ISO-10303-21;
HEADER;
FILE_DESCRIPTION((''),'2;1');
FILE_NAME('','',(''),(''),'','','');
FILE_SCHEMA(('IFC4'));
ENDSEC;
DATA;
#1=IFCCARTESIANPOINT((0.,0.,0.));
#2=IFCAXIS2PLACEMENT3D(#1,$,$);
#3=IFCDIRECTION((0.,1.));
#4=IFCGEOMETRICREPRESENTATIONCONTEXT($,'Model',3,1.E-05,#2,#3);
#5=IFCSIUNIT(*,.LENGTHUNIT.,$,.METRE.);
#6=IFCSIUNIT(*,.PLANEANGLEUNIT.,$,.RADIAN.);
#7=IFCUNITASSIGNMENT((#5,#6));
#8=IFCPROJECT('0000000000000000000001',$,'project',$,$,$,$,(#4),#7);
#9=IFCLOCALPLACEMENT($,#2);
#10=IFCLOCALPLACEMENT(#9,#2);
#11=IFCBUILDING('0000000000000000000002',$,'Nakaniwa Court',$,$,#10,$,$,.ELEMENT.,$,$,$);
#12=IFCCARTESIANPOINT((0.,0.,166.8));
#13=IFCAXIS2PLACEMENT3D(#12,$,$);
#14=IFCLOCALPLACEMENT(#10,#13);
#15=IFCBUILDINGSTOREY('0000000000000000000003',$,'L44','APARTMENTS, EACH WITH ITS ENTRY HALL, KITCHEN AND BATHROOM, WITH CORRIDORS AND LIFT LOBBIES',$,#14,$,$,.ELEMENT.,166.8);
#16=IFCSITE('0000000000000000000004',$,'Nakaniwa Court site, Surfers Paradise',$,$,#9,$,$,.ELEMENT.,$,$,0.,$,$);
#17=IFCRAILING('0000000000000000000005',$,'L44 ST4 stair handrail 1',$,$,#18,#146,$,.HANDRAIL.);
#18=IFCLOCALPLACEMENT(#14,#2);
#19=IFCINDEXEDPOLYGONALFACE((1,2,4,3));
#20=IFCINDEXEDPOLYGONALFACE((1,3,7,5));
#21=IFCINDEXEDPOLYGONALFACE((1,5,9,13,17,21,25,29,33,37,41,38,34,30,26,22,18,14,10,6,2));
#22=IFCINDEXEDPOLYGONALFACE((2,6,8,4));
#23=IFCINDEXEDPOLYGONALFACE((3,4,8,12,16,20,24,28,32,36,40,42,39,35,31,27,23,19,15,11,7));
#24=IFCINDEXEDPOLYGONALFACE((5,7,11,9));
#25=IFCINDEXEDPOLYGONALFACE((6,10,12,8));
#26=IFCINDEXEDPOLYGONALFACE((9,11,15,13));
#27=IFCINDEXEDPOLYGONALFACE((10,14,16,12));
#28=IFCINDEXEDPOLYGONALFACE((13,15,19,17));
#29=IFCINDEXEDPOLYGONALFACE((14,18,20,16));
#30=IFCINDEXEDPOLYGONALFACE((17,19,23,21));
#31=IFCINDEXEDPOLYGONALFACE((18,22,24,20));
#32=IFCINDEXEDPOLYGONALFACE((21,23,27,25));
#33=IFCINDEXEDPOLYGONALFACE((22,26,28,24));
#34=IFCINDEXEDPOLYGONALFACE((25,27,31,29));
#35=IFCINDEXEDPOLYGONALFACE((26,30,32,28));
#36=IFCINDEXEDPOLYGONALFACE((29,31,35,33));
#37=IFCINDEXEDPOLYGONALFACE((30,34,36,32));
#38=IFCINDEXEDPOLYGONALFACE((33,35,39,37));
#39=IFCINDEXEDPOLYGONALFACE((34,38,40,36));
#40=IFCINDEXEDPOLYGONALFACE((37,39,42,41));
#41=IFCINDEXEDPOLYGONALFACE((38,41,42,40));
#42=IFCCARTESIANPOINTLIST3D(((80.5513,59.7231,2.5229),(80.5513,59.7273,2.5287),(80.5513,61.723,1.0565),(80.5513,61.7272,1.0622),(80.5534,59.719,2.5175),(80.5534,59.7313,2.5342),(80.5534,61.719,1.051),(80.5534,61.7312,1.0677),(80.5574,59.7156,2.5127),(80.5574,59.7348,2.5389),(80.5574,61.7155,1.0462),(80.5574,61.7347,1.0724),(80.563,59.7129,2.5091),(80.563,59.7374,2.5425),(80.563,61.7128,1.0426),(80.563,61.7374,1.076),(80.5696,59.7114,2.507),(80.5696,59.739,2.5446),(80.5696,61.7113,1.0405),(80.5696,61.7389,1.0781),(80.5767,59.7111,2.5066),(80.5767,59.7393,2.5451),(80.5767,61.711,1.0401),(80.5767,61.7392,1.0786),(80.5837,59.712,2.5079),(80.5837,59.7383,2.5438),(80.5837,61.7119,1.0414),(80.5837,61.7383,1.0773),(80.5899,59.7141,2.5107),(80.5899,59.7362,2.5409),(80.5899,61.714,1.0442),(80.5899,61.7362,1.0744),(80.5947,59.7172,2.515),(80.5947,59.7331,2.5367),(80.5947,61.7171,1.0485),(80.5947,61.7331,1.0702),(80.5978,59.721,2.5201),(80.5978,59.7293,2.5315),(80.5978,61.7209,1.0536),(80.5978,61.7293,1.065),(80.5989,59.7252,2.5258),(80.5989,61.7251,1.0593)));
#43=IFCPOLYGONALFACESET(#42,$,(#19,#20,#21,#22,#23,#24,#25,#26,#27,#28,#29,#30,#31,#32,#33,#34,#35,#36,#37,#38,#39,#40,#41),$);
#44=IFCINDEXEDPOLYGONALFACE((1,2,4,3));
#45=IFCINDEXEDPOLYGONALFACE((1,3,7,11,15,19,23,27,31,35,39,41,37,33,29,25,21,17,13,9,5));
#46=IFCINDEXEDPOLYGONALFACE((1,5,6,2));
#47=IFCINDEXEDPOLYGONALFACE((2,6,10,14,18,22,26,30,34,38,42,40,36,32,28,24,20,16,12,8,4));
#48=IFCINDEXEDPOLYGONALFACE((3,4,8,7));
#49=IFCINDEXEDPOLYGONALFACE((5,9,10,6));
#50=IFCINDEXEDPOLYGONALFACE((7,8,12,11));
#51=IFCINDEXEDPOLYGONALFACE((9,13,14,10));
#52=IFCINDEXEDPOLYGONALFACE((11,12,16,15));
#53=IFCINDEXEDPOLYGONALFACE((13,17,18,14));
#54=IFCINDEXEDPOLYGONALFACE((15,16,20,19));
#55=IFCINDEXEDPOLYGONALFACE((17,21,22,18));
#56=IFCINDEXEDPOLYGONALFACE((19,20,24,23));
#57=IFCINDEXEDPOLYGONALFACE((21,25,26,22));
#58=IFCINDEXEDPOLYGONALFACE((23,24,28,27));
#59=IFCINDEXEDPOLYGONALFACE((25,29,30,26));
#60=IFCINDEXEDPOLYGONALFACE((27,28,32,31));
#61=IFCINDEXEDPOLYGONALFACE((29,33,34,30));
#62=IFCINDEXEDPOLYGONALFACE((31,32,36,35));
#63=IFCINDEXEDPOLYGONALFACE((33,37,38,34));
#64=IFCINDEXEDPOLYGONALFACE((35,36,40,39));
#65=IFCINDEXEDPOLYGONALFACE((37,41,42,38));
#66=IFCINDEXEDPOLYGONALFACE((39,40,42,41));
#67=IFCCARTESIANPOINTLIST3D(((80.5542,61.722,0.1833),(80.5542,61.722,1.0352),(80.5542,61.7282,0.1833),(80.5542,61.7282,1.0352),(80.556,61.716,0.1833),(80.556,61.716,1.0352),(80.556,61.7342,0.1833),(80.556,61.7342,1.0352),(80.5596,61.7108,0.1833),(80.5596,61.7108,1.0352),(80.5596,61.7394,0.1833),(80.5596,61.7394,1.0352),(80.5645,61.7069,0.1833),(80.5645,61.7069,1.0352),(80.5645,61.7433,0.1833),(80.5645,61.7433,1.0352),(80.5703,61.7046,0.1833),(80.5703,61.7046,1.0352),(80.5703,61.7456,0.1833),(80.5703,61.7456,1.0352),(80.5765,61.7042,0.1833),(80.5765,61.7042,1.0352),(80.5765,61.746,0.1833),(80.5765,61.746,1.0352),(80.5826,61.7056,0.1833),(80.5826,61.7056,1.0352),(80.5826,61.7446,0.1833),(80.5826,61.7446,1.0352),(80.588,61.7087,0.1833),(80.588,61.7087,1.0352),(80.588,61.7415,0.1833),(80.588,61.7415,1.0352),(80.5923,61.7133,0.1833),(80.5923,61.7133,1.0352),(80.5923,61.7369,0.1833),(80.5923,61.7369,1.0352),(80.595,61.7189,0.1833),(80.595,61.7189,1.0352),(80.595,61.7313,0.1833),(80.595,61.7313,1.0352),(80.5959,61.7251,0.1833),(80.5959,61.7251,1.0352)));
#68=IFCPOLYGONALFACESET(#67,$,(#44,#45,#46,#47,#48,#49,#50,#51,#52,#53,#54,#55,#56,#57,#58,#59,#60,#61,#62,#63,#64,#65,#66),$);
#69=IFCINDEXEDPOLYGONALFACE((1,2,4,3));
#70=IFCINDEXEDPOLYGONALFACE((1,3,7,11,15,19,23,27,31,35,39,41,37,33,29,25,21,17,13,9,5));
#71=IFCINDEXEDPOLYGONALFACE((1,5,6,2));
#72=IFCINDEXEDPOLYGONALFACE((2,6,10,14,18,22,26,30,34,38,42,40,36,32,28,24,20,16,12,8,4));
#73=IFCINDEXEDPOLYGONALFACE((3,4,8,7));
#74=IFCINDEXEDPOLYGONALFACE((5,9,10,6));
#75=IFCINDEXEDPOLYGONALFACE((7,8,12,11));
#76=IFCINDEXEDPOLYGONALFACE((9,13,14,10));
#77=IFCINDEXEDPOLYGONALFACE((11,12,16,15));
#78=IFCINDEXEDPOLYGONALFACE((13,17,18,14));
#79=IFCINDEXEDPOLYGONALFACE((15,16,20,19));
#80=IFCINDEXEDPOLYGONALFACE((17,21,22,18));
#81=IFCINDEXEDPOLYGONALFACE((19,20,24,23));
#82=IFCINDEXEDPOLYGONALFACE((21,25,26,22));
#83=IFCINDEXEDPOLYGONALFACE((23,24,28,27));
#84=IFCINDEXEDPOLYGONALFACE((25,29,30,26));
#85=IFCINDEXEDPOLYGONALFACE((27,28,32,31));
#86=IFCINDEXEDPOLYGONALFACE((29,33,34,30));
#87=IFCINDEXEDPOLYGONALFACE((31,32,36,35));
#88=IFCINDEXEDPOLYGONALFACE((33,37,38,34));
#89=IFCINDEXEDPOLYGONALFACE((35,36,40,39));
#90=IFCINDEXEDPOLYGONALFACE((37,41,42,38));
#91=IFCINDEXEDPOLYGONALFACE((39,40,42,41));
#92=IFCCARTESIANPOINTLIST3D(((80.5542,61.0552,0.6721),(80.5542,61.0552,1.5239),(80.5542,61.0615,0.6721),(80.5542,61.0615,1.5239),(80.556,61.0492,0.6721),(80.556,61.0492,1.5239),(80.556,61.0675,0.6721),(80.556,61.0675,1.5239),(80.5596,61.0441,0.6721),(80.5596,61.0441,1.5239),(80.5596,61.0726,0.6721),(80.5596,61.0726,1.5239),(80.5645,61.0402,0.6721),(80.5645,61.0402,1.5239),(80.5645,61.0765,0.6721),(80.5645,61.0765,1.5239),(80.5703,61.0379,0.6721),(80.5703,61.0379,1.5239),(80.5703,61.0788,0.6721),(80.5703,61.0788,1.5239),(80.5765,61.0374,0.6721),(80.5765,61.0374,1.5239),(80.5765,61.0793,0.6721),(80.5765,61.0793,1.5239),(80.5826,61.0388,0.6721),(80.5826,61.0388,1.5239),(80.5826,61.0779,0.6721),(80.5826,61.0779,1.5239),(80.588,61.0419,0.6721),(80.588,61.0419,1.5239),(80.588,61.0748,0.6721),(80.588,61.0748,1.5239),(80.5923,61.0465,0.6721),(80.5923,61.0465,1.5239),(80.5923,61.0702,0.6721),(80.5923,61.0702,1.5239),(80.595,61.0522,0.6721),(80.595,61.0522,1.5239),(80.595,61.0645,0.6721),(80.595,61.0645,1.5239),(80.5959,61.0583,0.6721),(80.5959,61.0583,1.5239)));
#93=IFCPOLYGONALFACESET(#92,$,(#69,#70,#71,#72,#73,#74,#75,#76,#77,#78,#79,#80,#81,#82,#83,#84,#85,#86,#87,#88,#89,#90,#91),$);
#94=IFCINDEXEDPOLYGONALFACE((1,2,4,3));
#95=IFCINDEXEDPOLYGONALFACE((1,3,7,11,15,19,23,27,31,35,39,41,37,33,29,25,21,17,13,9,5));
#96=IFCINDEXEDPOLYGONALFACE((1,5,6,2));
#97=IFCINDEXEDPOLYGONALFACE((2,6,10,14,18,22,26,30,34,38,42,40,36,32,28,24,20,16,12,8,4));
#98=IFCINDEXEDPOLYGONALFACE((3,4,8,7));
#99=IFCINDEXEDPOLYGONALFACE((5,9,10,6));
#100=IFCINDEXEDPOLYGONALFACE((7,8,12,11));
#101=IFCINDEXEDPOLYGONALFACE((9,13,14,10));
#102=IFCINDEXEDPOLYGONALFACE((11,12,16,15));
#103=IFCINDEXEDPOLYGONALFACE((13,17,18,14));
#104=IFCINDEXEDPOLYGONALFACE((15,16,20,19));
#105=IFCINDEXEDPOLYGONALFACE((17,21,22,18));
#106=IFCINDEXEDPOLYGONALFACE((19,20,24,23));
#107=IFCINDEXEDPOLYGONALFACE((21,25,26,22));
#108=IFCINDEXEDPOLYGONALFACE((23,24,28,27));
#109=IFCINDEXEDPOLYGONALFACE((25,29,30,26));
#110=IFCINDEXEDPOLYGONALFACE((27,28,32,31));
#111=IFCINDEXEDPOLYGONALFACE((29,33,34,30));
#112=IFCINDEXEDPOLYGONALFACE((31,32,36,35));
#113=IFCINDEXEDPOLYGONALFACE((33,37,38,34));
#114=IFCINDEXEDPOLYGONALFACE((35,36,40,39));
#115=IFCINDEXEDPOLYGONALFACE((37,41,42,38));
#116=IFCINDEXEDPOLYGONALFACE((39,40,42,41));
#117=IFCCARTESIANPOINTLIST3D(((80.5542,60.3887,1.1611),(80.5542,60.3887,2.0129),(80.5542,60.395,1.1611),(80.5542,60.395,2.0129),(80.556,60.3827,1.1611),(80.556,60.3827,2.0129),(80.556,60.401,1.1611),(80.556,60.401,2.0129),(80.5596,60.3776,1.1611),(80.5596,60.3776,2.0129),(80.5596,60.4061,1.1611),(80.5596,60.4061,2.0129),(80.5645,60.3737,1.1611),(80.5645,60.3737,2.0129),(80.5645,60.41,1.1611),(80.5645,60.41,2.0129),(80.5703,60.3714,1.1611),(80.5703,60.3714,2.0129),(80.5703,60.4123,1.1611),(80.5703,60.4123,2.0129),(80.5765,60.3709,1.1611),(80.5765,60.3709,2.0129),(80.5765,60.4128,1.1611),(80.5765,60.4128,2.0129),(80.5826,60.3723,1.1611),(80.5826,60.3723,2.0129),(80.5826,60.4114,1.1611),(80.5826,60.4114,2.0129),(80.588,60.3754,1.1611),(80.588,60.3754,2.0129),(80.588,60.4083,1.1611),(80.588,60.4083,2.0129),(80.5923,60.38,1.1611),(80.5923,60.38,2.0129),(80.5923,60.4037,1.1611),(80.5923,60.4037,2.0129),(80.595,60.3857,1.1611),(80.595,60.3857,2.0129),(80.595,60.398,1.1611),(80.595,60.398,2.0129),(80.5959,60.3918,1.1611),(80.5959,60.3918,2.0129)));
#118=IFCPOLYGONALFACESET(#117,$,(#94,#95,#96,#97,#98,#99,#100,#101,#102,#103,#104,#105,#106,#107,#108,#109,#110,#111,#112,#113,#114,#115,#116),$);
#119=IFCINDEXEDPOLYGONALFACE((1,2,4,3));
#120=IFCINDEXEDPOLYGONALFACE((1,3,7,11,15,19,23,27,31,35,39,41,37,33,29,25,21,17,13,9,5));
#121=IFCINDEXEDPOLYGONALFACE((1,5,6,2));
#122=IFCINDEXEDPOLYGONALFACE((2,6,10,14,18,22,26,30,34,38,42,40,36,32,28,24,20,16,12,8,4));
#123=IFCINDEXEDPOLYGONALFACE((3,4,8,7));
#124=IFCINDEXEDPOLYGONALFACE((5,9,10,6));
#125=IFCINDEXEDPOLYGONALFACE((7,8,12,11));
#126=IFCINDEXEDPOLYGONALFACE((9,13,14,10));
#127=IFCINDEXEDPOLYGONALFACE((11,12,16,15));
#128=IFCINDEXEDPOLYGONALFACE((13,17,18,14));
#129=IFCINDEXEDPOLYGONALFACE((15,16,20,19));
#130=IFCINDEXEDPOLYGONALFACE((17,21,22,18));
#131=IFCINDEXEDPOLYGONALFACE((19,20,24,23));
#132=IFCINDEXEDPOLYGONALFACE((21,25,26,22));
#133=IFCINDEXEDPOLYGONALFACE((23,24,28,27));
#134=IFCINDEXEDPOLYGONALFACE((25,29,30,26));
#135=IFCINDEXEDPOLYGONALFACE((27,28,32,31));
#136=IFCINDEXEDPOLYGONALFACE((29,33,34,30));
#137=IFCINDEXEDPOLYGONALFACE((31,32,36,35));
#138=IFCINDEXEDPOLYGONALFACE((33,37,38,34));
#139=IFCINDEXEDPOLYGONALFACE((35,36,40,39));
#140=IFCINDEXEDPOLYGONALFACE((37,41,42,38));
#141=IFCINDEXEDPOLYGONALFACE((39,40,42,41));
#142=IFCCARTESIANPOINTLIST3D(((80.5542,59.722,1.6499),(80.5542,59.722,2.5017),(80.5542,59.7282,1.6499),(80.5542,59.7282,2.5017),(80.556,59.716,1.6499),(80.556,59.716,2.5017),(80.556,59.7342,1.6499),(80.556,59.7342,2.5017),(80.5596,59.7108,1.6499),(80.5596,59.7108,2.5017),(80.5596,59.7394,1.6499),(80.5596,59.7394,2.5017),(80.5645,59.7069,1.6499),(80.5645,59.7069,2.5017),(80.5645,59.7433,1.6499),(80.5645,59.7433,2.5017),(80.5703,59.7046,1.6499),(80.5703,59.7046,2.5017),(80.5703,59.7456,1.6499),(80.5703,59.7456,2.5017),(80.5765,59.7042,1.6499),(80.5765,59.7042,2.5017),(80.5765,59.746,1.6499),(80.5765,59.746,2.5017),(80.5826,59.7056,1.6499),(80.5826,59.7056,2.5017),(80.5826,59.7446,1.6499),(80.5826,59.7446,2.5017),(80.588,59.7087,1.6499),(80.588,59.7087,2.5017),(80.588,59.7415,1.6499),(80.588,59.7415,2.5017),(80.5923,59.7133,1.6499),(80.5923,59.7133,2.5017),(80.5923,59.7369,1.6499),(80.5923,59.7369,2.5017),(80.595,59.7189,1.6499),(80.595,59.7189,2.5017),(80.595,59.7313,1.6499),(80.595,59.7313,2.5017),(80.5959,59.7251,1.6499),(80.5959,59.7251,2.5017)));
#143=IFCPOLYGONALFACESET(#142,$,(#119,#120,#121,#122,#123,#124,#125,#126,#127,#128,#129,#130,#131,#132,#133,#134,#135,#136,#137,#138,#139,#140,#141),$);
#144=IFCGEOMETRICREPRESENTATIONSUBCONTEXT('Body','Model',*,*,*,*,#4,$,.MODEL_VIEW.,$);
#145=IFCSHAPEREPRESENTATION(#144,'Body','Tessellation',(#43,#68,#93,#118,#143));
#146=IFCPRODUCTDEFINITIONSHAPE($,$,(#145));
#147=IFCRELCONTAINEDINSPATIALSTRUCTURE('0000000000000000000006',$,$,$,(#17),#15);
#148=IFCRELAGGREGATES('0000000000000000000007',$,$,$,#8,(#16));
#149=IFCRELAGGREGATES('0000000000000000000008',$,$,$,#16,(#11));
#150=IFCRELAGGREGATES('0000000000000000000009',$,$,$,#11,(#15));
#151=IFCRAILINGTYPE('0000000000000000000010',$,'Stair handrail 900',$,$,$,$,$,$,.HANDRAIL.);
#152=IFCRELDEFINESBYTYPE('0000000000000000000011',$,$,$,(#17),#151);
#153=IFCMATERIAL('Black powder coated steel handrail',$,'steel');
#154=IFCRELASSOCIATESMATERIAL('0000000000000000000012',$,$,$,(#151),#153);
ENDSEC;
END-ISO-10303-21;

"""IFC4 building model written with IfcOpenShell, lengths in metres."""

from ifc_helpers import new_model, si_unit, direction, frame, origin, origin_2d, place, context, subcontext, project, spatial, circle, extrude, material, type_object, element, save


model = new_model("IFC4")

# Units and contexts
model_context = context("Model", 3, precision=1e-05, world=origin(), true_north=direction((0.0, 1.0)))
body_context = subcontext(model_context, "Body", "Model", "MODEL_VIEW")
ifc_project = project(units=[si_unit("LENGTHUNIT", "METRE"), si_unit("PLANEANGLEUNIT", "RADIAN")], contexts=[model_context])

# Site, building, storey
site_placement = place(None, origin())
site = spatial("IfcSite", under=ifc_project, at=site_placement, Name="Nakaniwa Court site, Surfers Paradise", CompositionType="ELEMENT", RefElevation=0.0)
building_placement = place(site_placement, origin())
building = spatial("IfcBuilding", under=site, at=building_placement, Name="Nakaniwa Court", CompositionType="ELEMENT")
storey_placement = place(building_placement, frame((0.0, 0.0, 166.8)))
storey = spatial("IfcBuildingStorey", under=building, at=storey_placement, Name="L44", Description="APARTMENTS, EACH WITH ITS ENTRY HALL, KITCHEN AND BATHROOM, WITH CORRIDORS AND LIFT LOBBIES", CompositionType="ELEMENT", Elevation=166.8)

# Railing
ifc_material_1 = material(Name="Black powder coated steel handrail", Category="steel")
railing_type_1 = type_object("IfcRailingType", Name="Stair handrail 900", PredefinedType="HANDRAIL", material=ifc_material_1)
railing_1_placement = place(storey_placement, frame((80.575, 61.7251, 0.1833)))
element("IfcRailing", 1, at=railing_1_placement, inside=storey, type_object=railing_type_1, Name="L44 ST4 stair handrail 1", PredefinedType="HANDRAIL", context=body_context, shape_type="SweptSolid", body=[
    extrude(circle(Radius=0.0239, at=origin_2d()), frame((0.0, 0.0, 0.876), z_axis=(0.0, -0.806427, 0.591334), x_axis=(1.0, 0.0, 0.0)), (0.0, 0.0, 1.0), 2.48),
    extrude(circle(Radius=0.021, at=origin_2d()), origin(), (0.0, 0.0, 1.0), 0.8518),
    extrude(circle(Radius=0.021, at=origin_2d()), frame((0.0, -0.6667, 0.4888)), (0.0, 0.0, 1.0), 0.8518),
    extrude(circle(Radius=0.021, at=origin_2d()), frame((0.0, -1.3333, 0.9778)), (0.0, 0.0, 1.0), 0.8518),
    extrude(circle(Radius=0.021, at=origin_2d()), frame((0.0, -2.0, 1.4666)), (0.0, 0.0, 1.0), 0.8518),
])

save(model, "model.ifc")
